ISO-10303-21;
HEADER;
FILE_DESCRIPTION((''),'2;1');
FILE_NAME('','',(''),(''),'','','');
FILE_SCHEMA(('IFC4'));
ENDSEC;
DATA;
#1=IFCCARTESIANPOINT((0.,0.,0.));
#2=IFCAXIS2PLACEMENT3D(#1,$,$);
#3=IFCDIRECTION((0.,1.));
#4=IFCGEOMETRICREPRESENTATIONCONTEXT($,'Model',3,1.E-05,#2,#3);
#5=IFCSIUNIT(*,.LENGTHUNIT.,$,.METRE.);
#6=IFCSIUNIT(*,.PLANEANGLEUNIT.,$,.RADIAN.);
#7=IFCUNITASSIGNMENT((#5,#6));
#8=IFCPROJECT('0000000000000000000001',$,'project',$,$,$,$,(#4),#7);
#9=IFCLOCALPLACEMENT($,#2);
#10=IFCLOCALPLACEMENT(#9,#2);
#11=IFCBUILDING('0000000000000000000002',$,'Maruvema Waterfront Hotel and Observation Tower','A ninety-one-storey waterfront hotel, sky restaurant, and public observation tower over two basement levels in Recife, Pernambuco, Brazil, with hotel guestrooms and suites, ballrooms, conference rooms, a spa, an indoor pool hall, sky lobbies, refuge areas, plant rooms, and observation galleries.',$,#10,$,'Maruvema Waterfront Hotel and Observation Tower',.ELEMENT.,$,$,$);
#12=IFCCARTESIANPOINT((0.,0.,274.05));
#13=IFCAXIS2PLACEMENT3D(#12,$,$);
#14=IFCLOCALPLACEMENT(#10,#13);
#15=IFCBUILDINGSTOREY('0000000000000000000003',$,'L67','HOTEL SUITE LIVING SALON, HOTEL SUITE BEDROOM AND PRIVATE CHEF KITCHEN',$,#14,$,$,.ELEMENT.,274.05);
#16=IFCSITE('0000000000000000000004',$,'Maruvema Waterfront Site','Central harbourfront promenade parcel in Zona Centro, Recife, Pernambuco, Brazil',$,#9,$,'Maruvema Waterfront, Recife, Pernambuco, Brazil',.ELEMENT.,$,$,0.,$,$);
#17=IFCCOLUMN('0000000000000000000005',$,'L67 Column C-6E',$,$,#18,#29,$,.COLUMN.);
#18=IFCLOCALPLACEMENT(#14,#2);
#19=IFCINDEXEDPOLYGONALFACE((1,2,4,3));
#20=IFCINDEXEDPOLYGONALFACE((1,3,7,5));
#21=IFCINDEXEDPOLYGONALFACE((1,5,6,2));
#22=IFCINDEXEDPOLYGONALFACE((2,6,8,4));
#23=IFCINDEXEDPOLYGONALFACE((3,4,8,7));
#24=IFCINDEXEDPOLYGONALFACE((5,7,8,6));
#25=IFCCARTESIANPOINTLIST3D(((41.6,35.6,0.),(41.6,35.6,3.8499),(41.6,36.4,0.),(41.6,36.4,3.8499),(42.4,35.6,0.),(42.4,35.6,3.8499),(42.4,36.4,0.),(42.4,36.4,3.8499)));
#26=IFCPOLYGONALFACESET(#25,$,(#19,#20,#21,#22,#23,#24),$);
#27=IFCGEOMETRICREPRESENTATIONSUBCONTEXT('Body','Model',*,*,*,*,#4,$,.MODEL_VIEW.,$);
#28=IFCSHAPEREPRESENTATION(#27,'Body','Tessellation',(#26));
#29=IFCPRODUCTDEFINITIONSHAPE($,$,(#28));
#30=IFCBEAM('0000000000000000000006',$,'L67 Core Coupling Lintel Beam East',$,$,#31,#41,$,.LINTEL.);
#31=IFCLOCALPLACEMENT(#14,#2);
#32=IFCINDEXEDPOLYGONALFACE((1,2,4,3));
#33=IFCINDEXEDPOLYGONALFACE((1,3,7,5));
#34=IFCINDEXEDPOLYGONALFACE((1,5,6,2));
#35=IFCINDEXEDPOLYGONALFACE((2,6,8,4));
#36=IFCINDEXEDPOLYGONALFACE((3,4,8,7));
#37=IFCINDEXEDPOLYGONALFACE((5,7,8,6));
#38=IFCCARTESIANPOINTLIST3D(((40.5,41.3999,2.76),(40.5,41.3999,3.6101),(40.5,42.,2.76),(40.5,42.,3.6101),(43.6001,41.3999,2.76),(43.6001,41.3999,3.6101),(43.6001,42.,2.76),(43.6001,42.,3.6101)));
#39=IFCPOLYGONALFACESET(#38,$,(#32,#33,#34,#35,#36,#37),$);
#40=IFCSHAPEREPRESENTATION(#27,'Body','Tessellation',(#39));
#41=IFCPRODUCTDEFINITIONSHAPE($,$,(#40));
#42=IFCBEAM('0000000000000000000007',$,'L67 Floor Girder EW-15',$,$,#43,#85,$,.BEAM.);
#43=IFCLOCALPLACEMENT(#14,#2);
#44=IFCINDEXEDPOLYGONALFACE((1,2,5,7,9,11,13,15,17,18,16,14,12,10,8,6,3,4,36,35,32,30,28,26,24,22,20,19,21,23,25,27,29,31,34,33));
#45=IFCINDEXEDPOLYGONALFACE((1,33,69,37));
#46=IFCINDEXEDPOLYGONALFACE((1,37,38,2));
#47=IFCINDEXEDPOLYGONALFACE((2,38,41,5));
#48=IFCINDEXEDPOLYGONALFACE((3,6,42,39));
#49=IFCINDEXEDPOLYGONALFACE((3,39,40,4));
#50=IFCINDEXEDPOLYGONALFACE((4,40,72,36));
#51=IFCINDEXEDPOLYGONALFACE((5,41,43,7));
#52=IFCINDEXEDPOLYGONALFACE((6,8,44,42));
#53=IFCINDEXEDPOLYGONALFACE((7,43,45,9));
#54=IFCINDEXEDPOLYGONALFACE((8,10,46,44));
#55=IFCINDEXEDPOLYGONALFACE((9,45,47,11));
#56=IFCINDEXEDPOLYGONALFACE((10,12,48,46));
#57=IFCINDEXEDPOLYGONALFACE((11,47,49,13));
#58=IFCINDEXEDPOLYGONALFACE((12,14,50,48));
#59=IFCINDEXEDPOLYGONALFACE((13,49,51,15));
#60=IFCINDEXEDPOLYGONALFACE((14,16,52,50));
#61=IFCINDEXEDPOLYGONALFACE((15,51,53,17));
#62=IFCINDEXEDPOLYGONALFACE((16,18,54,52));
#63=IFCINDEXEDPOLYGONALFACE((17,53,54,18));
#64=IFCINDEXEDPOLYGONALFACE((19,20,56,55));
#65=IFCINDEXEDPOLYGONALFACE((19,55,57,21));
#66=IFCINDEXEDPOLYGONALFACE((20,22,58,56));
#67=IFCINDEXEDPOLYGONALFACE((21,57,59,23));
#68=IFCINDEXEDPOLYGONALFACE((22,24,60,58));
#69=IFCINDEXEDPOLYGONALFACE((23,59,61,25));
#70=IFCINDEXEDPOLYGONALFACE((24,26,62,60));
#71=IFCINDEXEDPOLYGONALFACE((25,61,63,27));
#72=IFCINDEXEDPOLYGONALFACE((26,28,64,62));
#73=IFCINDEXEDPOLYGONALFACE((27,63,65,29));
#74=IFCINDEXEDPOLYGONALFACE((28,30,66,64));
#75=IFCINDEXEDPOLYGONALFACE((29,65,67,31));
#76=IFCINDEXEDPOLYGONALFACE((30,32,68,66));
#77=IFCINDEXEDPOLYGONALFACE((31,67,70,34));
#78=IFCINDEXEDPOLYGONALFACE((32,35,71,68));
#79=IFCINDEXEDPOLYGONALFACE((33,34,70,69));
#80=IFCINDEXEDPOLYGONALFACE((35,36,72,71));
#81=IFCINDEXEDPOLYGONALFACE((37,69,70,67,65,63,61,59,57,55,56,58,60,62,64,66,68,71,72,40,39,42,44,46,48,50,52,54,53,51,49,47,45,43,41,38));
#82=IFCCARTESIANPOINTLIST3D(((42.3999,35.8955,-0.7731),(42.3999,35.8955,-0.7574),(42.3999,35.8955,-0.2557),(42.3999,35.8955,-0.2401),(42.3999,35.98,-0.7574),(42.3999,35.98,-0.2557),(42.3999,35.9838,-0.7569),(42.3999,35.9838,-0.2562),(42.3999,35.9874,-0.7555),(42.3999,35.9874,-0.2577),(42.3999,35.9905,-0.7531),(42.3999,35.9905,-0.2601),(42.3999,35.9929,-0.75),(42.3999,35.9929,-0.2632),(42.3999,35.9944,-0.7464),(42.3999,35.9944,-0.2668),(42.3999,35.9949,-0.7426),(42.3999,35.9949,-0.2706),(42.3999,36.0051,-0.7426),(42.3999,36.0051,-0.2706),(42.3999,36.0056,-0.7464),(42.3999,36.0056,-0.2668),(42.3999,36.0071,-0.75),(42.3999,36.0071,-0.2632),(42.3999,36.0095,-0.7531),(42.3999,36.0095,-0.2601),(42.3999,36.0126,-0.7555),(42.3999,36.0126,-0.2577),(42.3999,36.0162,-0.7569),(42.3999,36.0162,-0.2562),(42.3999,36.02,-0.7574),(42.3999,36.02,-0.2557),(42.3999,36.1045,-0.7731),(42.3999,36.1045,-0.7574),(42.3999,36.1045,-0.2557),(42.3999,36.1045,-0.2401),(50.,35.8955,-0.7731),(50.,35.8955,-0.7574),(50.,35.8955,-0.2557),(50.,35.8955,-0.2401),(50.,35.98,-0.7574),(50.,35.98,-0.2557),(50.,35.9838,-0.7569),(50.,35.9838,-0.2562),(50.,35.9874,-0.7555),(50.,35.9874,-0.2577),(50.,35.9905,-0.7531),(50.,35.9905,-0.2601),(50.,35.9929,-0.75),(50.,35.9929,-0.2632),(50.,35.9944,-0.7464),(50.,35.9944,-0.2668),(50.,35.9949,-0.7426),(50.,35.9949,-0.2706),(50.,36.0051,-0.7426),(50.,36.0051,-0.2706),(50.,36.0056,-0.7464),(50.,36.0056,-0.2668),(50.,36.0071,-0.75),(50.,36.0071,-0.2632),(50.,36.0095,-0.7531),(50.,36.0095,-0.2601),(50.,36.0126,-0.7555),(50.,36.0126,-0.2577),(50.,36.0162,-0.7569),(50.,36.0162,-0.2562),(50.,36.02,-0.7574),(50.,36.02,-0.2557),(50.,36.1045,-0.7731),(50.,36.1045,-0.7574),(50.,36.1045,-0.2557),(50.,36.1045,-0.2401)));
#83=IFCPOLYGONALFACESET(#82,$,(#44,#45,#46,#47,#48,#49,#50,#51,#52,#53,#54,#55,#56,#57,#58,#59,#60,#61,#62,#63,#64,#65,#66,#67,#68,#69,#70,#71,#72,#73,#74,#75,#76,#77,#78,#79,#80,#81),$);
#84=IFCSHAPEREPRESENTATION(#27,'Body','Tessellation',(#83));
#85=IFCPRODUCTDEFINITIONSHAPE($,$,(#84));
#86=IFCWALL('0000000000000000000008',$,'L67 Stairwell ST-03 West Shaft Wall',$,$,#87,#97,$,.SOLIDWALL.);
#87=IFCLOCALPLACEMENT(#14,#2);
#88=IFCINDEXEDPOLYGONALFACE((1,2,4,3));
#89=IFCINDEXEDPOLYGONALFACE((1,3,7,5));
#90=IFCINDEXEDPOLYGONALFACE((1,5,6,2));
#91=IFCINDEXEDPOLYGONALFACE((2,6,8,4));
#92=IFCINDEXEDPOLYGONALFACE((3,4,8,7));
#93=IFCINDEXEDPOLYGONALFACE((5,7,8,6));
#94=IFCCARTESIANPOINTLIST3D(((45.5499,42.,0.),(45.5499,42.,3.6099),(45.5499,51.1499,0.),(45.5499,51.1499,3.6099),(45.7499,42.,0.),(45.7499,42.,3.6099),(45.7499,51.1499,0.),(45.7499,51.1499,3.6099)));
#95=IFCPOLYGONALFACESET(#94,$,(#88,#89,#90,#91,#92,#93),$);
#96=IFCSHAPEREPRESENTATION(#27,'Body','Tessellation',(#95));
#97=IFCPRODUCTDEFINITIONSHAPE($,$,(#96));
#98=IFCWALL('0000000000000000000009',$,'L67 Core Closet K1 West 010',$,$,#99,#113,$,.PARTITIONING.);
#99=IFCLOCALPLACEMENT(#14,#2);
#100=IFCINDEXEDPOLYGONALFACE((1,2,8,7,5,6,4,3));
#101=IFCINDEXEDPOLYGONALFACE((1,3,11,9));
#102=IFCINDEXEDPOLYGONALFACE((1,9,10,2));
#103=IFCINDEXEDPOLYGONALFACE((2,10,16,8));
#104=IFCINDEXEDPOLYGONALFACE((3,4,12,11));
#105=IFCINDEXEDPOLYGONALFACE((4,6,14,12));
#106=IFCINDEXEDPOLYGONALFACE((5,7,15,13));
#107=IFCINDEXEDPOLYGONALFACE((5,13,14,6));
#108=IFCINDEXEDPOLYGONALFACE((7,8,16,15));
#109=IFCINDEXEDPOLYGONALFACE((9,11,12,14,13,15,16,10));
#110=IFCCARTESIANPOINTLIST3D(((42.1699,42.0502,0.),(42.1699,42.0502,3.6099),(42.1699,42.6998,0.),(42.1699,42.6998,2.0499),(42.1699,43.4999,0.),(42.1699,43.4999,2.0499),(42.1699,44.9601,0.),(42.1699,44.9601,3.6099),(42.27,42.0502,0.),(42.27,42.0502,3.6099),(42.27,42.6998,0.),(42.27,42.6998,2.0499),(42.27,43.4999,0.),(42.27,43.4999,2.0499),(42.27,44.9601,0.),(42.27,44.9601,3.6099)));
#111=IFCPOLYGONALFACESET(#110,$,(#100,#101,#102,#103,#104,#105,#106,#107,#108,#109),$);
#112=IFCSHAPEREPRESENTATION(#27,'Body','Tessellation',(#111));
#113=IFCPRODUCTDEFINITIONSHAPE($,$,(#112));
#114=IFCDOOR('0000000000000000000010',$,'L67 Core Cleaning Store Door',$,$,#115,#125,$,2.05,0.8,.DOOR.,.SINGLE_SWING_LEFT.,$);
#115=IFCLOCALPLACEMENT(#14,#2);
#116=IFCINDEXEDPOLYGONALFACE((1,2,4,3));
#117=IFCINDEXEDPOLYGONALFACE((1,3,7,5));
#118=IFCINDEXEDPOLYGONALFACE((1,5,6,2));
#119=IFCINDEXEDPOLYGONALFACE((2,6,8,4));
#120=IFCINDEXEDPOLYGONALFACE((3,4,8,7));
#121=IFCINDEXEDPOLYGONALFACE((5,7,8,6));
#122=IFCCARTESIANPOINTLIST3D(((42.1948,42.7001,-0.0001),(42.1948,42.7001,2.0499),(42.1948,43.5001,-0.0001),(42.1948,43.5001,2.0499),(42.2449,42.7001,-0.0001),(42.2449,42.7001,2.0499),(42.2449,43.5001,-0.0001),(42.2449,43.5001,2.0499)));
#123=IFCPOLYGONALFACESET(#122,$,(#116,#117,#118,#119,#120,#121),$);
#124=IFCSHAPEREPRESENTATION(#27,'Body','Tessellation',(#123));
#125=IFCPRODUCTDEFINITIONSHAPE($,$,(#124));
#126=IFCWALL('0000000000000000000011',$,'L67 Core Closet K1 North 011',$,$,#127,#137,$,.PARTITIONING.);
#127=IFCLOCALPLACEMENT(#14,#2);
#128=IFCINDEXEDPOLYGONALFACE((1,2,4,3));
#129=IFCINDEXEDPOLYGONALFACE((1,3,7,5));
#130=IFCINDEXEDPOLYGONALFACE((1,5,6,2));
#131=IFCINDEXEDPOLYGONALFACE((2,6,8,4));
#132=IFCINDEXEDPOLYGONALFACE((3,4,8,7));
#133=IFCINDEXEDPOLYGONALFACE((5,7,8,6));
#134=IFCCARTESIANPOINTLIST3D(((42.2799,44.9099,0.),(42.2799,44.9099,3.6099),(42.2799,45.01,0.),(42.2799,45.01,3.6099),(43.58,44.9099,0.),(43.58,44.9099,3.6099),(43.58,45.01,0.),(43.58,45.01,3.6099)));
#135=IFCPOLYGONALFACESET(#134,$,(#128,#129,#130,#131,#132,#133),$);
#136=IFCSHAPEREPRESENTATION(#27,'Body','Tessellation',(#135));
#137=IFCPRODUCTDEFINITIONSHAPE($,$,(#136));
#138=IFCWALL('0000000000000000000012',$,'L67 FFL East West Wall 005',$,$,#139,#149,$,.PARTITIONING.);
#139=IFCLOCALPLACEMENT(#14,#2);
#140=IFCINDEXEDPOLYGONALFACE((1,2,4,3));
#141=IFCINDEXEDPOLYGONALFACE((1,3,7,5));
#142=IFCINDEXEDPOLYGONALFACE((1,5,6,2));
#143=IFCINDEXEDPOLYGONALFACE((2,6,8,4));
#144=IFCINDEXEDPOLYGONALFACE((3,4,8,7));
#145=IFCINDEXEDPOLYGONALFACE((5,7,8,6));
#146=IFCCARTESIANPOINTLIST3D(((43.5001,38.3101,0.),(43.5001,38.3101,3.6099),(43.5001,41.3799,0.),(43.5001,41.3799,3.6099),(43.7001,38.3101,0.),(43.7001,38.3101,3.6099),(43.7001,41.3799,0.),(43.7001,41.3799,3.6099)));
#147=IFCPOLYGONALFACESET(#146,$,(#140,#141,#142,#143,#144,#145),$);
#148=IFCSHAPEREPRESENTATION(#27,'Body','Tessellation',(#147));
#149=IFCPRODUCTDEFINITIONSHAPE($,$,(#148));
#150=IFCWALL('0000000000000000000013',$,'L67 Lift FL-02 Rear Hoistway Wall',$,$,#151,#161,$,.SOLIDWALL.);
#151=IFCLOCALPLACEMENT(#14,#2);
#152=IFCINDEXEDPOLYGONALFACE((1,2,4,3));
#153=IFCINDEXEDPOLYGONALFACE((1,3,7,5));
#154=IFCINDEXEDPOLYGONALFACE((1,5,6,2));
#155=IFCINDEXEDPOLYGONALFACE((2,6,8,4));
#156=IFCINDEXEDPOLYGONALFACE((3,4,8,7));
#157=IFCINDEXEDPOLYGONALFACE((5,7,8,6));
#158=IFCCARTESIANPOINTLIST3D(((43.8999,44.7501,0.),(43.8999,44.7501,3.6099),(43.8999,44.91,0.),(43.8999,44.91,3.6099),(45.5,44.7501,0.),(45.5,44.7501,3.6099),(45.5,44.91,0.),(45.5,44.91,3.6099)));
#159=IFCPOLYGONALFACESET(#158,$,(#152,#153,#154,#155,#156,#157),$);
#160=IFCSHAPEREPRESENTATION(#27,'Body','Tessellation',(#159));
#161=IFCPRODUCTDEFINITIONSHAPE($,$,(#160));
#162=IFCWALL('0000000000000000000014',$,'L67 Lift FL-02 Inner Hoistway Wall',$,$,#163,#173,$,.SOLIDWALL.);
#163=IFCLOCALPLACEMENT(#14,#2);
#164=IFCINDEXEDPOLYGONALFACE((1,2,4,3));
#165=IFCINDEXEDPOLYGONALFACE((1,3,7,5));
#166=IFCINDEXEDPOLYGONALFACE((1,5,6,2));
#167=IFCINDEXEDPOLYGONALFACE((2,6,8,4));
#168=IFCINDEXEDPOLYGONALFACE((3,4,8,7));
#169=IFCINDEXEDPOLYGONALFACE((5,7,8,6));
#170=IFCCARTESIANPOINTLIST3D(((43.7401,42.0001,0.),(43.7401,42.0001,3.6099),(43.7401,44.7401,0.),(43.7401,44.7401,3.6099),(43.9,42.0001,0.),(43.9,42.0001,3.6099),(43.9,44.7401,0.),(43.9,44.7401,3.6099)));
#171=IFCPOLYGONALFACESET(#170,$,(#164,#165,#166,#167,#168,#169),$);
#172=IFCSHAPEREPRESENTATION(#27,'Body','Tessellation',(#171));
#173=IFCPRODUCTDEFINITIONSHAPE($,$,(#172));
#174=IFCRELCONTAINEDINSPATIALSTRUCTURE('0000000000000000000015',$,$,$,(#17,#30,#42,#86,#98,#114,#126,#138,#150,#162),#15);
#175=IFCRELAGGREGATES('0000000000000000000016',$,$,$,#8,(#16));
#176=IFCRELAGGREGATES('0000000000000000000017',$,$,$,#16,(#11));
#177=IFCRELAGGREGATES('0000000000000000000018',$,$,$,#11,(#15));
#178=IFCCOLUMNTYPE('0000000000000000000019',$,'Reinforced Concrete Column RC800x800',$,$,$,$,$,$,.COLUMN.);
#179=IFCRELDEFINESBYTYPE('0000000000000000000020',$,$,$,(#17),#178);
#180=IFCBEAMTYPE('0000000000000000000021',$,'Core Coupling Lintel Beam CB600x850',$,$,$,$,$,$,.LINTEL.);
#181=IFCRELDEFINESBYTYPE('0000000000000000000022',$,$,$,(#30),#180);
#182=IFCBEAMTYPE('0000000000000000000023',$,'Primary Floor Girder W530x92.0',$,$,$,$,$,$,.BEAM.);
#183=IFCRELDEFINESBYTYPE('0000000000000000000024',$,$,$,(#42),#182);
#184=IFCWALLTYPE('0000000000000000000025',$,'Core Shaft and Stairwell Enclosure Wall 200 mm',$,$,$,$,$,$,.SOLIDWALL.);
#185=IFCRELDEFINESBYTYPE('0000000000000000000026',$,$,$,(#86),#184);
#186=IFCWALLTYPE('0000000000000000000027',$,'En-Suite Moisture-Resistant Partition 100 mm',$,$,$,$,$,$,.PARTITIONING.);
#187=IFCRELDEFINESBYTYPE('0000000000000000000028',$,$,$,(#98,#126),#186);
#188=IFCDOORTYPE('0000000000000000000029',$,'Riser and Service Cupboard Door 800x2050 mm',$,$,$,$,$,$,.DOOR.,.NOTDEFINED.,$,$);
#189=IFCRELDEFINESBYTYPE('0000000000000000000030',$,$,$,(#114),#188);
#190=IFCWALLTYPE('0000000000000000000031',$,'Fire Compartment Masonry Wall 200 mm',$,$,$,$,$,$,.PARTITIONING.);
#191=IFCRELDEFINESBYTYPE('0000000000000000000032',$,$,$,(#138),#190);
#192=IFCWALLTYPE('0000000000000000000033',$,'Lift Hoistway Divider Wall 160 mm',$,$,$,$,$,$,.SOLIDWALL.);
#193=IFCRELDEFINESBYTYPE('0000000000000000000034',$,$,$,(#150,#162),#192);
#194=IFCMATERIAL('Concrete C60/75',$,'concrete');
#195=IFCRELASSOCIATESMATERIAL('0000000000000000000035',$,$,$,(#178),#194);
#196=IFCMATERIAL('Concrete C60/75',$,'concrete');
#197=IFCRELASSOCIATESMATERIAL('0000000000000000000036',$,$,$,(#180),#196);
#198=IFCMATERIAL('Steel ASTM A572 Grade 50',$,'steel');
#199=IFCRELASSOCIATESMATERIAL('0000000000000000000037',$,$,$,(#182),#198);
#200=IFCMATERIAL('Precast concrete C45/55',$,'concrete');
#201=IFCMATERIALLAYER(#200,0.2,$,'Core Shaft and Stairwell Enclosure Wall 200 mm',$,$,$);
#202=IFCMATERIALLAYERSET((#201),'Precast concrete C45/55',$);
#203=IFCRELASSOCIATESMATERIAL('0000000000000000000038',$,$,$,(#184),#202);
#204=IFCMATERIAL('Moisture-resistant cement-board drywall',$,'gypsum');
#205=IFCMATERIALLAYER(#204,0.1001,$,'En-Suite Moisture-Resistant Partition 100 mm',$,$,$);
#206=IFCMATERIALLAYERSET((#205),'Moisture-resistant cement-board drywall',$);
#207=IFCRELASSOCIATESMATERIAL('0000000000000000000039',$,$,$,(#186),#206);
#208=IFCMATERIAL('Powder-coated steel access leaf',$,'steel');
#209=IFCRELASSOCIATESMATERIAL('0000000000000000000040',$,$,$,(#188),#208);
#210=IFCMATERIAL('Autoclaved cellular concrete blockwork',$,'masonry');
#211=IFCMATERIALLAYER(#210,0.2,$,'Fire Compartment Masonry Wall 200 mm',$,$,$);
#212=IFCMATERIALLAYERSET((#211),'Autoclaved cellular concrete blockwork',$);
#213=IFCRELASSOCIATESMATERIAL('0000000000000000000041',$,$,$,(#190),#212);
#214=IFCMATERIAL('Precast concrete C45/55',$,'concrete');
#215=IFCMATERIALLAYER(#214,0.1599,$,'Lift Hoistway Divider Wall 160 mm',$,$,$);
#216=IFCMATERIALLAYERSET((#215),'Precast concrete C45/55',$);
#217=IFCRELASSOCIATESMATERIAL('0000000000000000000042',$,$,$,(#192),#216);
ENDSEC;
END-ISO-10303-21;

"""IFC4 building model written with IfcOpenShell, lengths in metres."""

from ifc_helpers import new_model, si_unit, direction, frame, frame_2d, origin, origin_2d, place, context, subcontext, project, spatial, rectangle, i_section, extrude, material, layer, layer_set, material_profile, profile_set, type_object, element, fill, save


model = new_model("IFC4")

# Units and contexts
model_context = context("Model", 3, precision=1e-05, world=origin(), true_north=direction((0.0, 1.0)))
body_context = subcontext(model_context, "Body", "Model", "MODEL_VIEW")
ifc_project = project(units=[si_unit("LENGTHUNIT", "METRE"), si_unit("PLANEANGLEUNIT", "RADIAN")], contexts=[model_context])

# Site, building, storey
site_placement = place(None, origin())
site = spatial("IfcSite", under=ifc_project, at=site_placement, Name="Maruvema Waterfront Site", Description="Central harbourfront promenade parcel in Zona Centro, Recife, Pernambuco, Brazil", LongName="Maruvema Waterfront, Recife, Pernambuco, Brazil", CompositionType="ELEMENT", RefElevation=0.0)
building_placement = place(site_placement, origin())
building = spatial("IfcBuilding", under=site, at=building_placement, Name="Maruvema Waterfront Hotel and Observation Tower", Description="A ninety-one-storey waterfront hotel, sky restaurant, and public observation tower over two basement levels in Recife, Pernambuco, Brazil, with hotel guestrooms and suites, ballrooms, conference rooms, a spa, an indoor pool hall, sky lobbies, refuge areas, plant rooms, and observation galleries.", LongName="Maruvema Waterfront Hotel and Observation Tower", CompositionType="ELEMENT")
storey_placement = place(building_placement, frame((0.0, 0.0, 274.05)))
storey = spatial("IfcBuildingStorey", under=building, at=storey_placement, Name="L67", Description="HOTEL SUITE LIVING SALON, HOTEL SUITE BEDROOM AND PRIVATE CHEF KITCHEN", CompositionType="ELEMENT", Elevation=274.05)

# Column
ifc_material_1 = material(Name="Concrete C60/75", Category="concrete")
ifc_material_profile_1 = material_profile(ifc_material_1, rectangle(XDim=0.8, YDim=0.8, at=origin_2d()), Name="RC800x800")
ifc_profile_set_1 = profile_set([ifc_material_profile_1], Name="Concrete C60/75")
column_type = type_object("IfcColumnType", Name="Reinforced Concrete Column RC800x800", PredefinedType="COLUMN", material=ifc_profile_set_1)
column_placement = place(storey_placement, frame((42.0, 36.0, 0.0), z_axis=(0.0, 0.0, 1.0), x_axis=(1.0, 0.0, 0.0)))
element("IfcColumn", 1, at=column_placement, inside=storey, type_object=column_type, Name="L67 Column C-6E", PredefinedType="COLUMN", context=body_context, shape_type="SweptSolid", body=[
    extrude(rectangle(XDim=0.8, YDim=0.8, at=origin_2d()), origin(), (0.0, 0.0, 1.0), 3.8499),
])

# Beams
ifc_material_2 = material(Name="Concrete C60/75", Category="concrete")
ifc_material_profile_2 = material_profile(ifc_material_2, rectangle(XDim=0.6001, YDim=0.8501, at=origin_2d()), Name="CB600x850")
ifc_profile_set_2 = profile_set([ifc_material_profile_2], Name="Concrete C60/75")
beam_type_1 = type_object("IfcBeamType", Name="Core Coupling Lintel Beam CB600x850", PredefinedType="LINTEL", material=ifc_profile_set_2)
beam_1_placement = place(storey_placement, frame((40.5, 41.7, 3.1851), z_axis=(1.0, 0.0, 0.0), x_axis=(0.0, 1.0, 0.0)))
element("IfcBeam", 2, at=beam_1_placement, inside=storey, type_object=beam_type_1, Name="L67 Core Coupling Lintel Beam East", PredefinedType="LINTEL", context=body_context, shape_type="SweptSolid", body=[
    extrude(rectangle(XDim=0.6001, YDim=0.8501, at=origin_2d()), origin(), (0.0, 0.0, 1.0), 3.1001),
])
ifc_material_3 = material(Name="Steel ASTM A572 Grade 50", Category="steel")
ifc_material_profile_3 = material_profile(ifc_material_3, i_section(OverallWidth=0.209, OverallDepth=0.533, WebThickness=0.0103, FlangeThickness=0.0156, FilletRadius=0.0149, at=origin_2d()), Name="W530x92.0")
ifc_profile_set_3 = profile_set([ifc_material_profile_3], Name="Steel ASTM A572 Grade 50")
beam_type_2 = type_object("IfcBeamType", Name="Primary Floor Girder W530x92.0", PredefinedType="BEAM", material=ifc_profile_set_3)
beam_2_placement = place(storey_placement, frame((42.3999, 36.0, -0.5066), z_axis=(1.0, 0.0, 0.0), x_axis=(0.0, 1.0, 0.0)))
element("IfcBeam", 3, at=beam_2_placement, inside=storey, type_object=beam_type_2, Name="L67 Floor Girder EW-15", PredefinedType="BEAM", context=body_context, shape_type="SweptSolid", body=[
    extrude(i_section(OverallWidth=0.209, OverallDepth=0.533, WebThickness=0.0103, FlangeThickness=0.0156, FilletRadius=0.0149, at=origin_2d()), origin(), (0.0, 0.0, 1.0), 7.6001),
])

# Wall
ifc_material_4 = material(Name="Precast concrete C45/55", Category="concrete")
ifc_layer_1 = layer(ifc_material_4, 0.2, Name="Core Shaft and Stairwell Enclosure Wall 200 mm")
ifc_layer_set_1 = layer_set([ifc_layer_1], Name="Precast concrete C45/55")
wall_type_1 = type_object("IfcWallType", Name="Core Shaft and Stairwell Enclosure Wall 200 mm", PredefinedType="SOLIDWALL", material=ifc_layer_set_1)
wall_1_placement = place(storey_placement, frame((45.6499, 42.0, 0.0), z_axis=(0.0, 0.0, 1.0), x_axis=(0.0, 1.0, 0.0)))
element("IfcWall", 4, at=wall_1_placement, inside=storey, type_object=wall_type_1, Name="L67 Stairwell ST-03 West Shaft Wall", PredefinedType="SOLIDWALL", context=body_context, shape_type="SweptSolid", body=[
    extrude(rectangle(XDim=9.1499, YDim=0.2, at=frame_2d((4.575, 0.0))), origin(), (0.0, 0.0, 1.0), 3.6099),
])

# Wall, opening, door
ifc_material_5 = material(Name="Moisture-resistant cement-board drywall", Category="gypsum")
ifc_layer_2 = layer(ifc_material_5, 0.1001, Name="En-Suite Moisture-Resistant Partition 100 mm")
ifc_layer_set_2 = layer_set([ifc_layer_2], Name="Moisture-resistant cement-board drywall")
wall_type_2 = type_object("IfcWallType", Name="En-Suite Moisture-Resistant Partition 100 mm", PredefinedType="PARTITIONING", material=ifc_layer_set_2)
wall_2_placement = place(storey_placement, frame((42.22, 42.05, 0.0), z_axis=(0.0, 0.0, 1.0), x_axis=(0.0, 1.0, 0.0)))
wall_2 = element("IfcWall", 5, at=wall_2_placement, inside=storey, type_object=wall_type_2, Name="L67 Core Closet K1 West 010", PredefinedType="PARTITIONING", context=body_context, shape_type="SweptSolid", body=[
    extrude(rectangle(XDim=2.9099, YDim=0.1001, at=frame_2d((1.4551, 0.0))), origin(), (0.0, 0.0, 1.0), 3.6099),
])
opening_1_placement = place(wall_2_placement, frame((0.6499, 0.0, 0.0)))
opening_1 = element("IfcOpeningElement", 6, at=opening_1_placement, cuts=wall_2, PredefinedType="OPENING", context=body_context, shape_type="SweptSolid", body=[
    extrude(rectangle(XDim=0.8, YDim=2.05, at=frame_2d((0.3999, 1.0249))), frame((0.0, 0.0601, 0.0), z_axis=(0.0, -1.0, 0.0), x_axis=(1.0, 0.0, 0.0)), (0.0, 0.0, 1.0), 0.1201),
])
ifc_material_6 = material(Name="Powder-coated steel access leaf", Category="steel")
door_type_1 = type_object("IfcDoorType", Name="Riser and Service Cupboard Door 800x2050 mm", OperationType="NOTDEFINED", PredefinedType="DOOR", material=ifc_material_6)
door_1_placement = place(opening_1_placement, frame((0.8, 0.0, 0.0), z_axis=(0.0, 0.0, 1.0), x_axis=(-1.0, 0.0, 0.0)))
door_1 = element("IfcDoor", 7, at=door_1_placement, inside=storey, type_object=door_type_1, Name="L67 Core Cleaning Store Door", OperationType="SINGLE_SWING_LEFT", OverallHeight=2.05, OverallWidth=0.8, PredefinedType="DOOR", context=body_context, shape_type="SweptSolid", body=[
    extrude(rectangle(XDim=0.8, YDim=2.05, at=frame_2d((0.3999, 1.0249))), frame((0.0, 0.0249, 0.0), z_axis=(0.0, -1.0, 0.0), x_axis=(1.0, 0.0, 0.0)), (0.0, 0.0, 1.0), 0.05),
])
fill(opening_1, door_1)

# Wall
wall_3_placement = place(storey_placement, frame((42.28, 44.96, 0.0), z_axis=(0.0, 0.0, 1.0), x_axis=(1.0, 0.0, 0.0)))
element("IfcWall", 8, at=wall_3_placement, inside=storey, type_object=wall_type_2, Name="L67 Core Closet K1 North 011", PredefinedType="PARTITIONING", context=body_context, shape_type="SweptSolid", body=[
    extrude(rectangle(XDim=1.3, YDim=0.1001, at=frame_2d((0.6499, 0.0))), origin(), (0.0, 0.0, 1.0), 3.6099),
])

# Shared definitions
ifc_material_7 = material(Name="Autoclaved cellular concrete blockwork", Category="masonry")
ifc_layer_3 = layer(ifc_material_7, 0.2, Name="Fire Compartment Masonry Wall 200 mm")
ifc_layer_set_3 = layer_set([ifc_layer_3], Name="Autoclaved cellular concrete blockwork")
wall_type_3 = type_object("IfcWallType", Name="Fire Compartment Masonry Wall 200 mm", PredefinedType="PARTITIONING", material=ifc_layer_set_3)

# Walls
wall_4_placement = place(storey_placement, frame((43.6001, 38.3101, 0.0), z_axis=(0.0, 0.0, 1.0), x_axis=(0.0, 1.0, 0.0)))
element("IfcWall", 9, at=wall_4_placement, inside=storey, type_object=wall_type_3, Name="L67 FFL East West Wall 005", PredefinedType="PARTITIONING", context=body_context, shape_type="SweptSolid", body=[
    extrude(rectangle(XDim=3.0698, YDim=0.2, at=frame_2d((1.5349, 0.0))), origin(), (0.0, 0.0, 1.0), 3.6099),
])
ifc_material_8 = material(Name="Precast concrete C45/55", Category="concrete")
ifc_layer_4 = layer(ifc_material_8, 0.1599, Name="Lift Hoistway Divider Wall 160 mm")
ifc_layer_set_4 = layer_set([ifc_layer_4], Name="Precast concrete C45/55")
wall_type_4 = type_object("IfcWallType", Name="Lift Hoistway Divider Wall 160 mm", PredefinedType="SOLIDWALL", material=ifc_layer_set_4)
wall_5_placement = place(storey_placement, frame((43.8999, 44.8301, 0.0), z_axis=(0.0, 0.0, 1.0), x_axis=(1.0, 0.0, 0.0)))
element("IfcWall", 10, at=wall_5_placement, inside=storey, type_object=wall_type_4, Name="L67 Lift FL-02 Rear Hoistway Wall", PredefinedType="SOLIDWALL", context=body_context, shape_type="SweptSolid", body=[
    extrude(rectangle(XDim=1.6001, YDim=0.1599, at=frame_2d((0.8, 0.0))), origin(), (0.0, 0.0, 1.0), 3.6099),
])
wall_6_placement = place(storey_placement, frame((43.8201, 42.0, 0.0), z_axis=(0.0, 0.0, 1.0), x_axis=(0.0, 1.0, 0.0)))
element("IfcWall", 11, at=wall_6_placement, inside=storey, type_object=wall_type_4, Name="L67 Lift FL-02 Inner Hoistway Wall", PredefinedType="SOLIDWALL", context=body_context, shape_type="SweptSolid", body=[
    extrude(rectangle(XDim=2.74, YDim=0.1599, at=frame_2d((1.3701, 0.0))), origin(), (0.0, 0.0, 1.0), 3.6099),
])

save(model, "model.ifc")
